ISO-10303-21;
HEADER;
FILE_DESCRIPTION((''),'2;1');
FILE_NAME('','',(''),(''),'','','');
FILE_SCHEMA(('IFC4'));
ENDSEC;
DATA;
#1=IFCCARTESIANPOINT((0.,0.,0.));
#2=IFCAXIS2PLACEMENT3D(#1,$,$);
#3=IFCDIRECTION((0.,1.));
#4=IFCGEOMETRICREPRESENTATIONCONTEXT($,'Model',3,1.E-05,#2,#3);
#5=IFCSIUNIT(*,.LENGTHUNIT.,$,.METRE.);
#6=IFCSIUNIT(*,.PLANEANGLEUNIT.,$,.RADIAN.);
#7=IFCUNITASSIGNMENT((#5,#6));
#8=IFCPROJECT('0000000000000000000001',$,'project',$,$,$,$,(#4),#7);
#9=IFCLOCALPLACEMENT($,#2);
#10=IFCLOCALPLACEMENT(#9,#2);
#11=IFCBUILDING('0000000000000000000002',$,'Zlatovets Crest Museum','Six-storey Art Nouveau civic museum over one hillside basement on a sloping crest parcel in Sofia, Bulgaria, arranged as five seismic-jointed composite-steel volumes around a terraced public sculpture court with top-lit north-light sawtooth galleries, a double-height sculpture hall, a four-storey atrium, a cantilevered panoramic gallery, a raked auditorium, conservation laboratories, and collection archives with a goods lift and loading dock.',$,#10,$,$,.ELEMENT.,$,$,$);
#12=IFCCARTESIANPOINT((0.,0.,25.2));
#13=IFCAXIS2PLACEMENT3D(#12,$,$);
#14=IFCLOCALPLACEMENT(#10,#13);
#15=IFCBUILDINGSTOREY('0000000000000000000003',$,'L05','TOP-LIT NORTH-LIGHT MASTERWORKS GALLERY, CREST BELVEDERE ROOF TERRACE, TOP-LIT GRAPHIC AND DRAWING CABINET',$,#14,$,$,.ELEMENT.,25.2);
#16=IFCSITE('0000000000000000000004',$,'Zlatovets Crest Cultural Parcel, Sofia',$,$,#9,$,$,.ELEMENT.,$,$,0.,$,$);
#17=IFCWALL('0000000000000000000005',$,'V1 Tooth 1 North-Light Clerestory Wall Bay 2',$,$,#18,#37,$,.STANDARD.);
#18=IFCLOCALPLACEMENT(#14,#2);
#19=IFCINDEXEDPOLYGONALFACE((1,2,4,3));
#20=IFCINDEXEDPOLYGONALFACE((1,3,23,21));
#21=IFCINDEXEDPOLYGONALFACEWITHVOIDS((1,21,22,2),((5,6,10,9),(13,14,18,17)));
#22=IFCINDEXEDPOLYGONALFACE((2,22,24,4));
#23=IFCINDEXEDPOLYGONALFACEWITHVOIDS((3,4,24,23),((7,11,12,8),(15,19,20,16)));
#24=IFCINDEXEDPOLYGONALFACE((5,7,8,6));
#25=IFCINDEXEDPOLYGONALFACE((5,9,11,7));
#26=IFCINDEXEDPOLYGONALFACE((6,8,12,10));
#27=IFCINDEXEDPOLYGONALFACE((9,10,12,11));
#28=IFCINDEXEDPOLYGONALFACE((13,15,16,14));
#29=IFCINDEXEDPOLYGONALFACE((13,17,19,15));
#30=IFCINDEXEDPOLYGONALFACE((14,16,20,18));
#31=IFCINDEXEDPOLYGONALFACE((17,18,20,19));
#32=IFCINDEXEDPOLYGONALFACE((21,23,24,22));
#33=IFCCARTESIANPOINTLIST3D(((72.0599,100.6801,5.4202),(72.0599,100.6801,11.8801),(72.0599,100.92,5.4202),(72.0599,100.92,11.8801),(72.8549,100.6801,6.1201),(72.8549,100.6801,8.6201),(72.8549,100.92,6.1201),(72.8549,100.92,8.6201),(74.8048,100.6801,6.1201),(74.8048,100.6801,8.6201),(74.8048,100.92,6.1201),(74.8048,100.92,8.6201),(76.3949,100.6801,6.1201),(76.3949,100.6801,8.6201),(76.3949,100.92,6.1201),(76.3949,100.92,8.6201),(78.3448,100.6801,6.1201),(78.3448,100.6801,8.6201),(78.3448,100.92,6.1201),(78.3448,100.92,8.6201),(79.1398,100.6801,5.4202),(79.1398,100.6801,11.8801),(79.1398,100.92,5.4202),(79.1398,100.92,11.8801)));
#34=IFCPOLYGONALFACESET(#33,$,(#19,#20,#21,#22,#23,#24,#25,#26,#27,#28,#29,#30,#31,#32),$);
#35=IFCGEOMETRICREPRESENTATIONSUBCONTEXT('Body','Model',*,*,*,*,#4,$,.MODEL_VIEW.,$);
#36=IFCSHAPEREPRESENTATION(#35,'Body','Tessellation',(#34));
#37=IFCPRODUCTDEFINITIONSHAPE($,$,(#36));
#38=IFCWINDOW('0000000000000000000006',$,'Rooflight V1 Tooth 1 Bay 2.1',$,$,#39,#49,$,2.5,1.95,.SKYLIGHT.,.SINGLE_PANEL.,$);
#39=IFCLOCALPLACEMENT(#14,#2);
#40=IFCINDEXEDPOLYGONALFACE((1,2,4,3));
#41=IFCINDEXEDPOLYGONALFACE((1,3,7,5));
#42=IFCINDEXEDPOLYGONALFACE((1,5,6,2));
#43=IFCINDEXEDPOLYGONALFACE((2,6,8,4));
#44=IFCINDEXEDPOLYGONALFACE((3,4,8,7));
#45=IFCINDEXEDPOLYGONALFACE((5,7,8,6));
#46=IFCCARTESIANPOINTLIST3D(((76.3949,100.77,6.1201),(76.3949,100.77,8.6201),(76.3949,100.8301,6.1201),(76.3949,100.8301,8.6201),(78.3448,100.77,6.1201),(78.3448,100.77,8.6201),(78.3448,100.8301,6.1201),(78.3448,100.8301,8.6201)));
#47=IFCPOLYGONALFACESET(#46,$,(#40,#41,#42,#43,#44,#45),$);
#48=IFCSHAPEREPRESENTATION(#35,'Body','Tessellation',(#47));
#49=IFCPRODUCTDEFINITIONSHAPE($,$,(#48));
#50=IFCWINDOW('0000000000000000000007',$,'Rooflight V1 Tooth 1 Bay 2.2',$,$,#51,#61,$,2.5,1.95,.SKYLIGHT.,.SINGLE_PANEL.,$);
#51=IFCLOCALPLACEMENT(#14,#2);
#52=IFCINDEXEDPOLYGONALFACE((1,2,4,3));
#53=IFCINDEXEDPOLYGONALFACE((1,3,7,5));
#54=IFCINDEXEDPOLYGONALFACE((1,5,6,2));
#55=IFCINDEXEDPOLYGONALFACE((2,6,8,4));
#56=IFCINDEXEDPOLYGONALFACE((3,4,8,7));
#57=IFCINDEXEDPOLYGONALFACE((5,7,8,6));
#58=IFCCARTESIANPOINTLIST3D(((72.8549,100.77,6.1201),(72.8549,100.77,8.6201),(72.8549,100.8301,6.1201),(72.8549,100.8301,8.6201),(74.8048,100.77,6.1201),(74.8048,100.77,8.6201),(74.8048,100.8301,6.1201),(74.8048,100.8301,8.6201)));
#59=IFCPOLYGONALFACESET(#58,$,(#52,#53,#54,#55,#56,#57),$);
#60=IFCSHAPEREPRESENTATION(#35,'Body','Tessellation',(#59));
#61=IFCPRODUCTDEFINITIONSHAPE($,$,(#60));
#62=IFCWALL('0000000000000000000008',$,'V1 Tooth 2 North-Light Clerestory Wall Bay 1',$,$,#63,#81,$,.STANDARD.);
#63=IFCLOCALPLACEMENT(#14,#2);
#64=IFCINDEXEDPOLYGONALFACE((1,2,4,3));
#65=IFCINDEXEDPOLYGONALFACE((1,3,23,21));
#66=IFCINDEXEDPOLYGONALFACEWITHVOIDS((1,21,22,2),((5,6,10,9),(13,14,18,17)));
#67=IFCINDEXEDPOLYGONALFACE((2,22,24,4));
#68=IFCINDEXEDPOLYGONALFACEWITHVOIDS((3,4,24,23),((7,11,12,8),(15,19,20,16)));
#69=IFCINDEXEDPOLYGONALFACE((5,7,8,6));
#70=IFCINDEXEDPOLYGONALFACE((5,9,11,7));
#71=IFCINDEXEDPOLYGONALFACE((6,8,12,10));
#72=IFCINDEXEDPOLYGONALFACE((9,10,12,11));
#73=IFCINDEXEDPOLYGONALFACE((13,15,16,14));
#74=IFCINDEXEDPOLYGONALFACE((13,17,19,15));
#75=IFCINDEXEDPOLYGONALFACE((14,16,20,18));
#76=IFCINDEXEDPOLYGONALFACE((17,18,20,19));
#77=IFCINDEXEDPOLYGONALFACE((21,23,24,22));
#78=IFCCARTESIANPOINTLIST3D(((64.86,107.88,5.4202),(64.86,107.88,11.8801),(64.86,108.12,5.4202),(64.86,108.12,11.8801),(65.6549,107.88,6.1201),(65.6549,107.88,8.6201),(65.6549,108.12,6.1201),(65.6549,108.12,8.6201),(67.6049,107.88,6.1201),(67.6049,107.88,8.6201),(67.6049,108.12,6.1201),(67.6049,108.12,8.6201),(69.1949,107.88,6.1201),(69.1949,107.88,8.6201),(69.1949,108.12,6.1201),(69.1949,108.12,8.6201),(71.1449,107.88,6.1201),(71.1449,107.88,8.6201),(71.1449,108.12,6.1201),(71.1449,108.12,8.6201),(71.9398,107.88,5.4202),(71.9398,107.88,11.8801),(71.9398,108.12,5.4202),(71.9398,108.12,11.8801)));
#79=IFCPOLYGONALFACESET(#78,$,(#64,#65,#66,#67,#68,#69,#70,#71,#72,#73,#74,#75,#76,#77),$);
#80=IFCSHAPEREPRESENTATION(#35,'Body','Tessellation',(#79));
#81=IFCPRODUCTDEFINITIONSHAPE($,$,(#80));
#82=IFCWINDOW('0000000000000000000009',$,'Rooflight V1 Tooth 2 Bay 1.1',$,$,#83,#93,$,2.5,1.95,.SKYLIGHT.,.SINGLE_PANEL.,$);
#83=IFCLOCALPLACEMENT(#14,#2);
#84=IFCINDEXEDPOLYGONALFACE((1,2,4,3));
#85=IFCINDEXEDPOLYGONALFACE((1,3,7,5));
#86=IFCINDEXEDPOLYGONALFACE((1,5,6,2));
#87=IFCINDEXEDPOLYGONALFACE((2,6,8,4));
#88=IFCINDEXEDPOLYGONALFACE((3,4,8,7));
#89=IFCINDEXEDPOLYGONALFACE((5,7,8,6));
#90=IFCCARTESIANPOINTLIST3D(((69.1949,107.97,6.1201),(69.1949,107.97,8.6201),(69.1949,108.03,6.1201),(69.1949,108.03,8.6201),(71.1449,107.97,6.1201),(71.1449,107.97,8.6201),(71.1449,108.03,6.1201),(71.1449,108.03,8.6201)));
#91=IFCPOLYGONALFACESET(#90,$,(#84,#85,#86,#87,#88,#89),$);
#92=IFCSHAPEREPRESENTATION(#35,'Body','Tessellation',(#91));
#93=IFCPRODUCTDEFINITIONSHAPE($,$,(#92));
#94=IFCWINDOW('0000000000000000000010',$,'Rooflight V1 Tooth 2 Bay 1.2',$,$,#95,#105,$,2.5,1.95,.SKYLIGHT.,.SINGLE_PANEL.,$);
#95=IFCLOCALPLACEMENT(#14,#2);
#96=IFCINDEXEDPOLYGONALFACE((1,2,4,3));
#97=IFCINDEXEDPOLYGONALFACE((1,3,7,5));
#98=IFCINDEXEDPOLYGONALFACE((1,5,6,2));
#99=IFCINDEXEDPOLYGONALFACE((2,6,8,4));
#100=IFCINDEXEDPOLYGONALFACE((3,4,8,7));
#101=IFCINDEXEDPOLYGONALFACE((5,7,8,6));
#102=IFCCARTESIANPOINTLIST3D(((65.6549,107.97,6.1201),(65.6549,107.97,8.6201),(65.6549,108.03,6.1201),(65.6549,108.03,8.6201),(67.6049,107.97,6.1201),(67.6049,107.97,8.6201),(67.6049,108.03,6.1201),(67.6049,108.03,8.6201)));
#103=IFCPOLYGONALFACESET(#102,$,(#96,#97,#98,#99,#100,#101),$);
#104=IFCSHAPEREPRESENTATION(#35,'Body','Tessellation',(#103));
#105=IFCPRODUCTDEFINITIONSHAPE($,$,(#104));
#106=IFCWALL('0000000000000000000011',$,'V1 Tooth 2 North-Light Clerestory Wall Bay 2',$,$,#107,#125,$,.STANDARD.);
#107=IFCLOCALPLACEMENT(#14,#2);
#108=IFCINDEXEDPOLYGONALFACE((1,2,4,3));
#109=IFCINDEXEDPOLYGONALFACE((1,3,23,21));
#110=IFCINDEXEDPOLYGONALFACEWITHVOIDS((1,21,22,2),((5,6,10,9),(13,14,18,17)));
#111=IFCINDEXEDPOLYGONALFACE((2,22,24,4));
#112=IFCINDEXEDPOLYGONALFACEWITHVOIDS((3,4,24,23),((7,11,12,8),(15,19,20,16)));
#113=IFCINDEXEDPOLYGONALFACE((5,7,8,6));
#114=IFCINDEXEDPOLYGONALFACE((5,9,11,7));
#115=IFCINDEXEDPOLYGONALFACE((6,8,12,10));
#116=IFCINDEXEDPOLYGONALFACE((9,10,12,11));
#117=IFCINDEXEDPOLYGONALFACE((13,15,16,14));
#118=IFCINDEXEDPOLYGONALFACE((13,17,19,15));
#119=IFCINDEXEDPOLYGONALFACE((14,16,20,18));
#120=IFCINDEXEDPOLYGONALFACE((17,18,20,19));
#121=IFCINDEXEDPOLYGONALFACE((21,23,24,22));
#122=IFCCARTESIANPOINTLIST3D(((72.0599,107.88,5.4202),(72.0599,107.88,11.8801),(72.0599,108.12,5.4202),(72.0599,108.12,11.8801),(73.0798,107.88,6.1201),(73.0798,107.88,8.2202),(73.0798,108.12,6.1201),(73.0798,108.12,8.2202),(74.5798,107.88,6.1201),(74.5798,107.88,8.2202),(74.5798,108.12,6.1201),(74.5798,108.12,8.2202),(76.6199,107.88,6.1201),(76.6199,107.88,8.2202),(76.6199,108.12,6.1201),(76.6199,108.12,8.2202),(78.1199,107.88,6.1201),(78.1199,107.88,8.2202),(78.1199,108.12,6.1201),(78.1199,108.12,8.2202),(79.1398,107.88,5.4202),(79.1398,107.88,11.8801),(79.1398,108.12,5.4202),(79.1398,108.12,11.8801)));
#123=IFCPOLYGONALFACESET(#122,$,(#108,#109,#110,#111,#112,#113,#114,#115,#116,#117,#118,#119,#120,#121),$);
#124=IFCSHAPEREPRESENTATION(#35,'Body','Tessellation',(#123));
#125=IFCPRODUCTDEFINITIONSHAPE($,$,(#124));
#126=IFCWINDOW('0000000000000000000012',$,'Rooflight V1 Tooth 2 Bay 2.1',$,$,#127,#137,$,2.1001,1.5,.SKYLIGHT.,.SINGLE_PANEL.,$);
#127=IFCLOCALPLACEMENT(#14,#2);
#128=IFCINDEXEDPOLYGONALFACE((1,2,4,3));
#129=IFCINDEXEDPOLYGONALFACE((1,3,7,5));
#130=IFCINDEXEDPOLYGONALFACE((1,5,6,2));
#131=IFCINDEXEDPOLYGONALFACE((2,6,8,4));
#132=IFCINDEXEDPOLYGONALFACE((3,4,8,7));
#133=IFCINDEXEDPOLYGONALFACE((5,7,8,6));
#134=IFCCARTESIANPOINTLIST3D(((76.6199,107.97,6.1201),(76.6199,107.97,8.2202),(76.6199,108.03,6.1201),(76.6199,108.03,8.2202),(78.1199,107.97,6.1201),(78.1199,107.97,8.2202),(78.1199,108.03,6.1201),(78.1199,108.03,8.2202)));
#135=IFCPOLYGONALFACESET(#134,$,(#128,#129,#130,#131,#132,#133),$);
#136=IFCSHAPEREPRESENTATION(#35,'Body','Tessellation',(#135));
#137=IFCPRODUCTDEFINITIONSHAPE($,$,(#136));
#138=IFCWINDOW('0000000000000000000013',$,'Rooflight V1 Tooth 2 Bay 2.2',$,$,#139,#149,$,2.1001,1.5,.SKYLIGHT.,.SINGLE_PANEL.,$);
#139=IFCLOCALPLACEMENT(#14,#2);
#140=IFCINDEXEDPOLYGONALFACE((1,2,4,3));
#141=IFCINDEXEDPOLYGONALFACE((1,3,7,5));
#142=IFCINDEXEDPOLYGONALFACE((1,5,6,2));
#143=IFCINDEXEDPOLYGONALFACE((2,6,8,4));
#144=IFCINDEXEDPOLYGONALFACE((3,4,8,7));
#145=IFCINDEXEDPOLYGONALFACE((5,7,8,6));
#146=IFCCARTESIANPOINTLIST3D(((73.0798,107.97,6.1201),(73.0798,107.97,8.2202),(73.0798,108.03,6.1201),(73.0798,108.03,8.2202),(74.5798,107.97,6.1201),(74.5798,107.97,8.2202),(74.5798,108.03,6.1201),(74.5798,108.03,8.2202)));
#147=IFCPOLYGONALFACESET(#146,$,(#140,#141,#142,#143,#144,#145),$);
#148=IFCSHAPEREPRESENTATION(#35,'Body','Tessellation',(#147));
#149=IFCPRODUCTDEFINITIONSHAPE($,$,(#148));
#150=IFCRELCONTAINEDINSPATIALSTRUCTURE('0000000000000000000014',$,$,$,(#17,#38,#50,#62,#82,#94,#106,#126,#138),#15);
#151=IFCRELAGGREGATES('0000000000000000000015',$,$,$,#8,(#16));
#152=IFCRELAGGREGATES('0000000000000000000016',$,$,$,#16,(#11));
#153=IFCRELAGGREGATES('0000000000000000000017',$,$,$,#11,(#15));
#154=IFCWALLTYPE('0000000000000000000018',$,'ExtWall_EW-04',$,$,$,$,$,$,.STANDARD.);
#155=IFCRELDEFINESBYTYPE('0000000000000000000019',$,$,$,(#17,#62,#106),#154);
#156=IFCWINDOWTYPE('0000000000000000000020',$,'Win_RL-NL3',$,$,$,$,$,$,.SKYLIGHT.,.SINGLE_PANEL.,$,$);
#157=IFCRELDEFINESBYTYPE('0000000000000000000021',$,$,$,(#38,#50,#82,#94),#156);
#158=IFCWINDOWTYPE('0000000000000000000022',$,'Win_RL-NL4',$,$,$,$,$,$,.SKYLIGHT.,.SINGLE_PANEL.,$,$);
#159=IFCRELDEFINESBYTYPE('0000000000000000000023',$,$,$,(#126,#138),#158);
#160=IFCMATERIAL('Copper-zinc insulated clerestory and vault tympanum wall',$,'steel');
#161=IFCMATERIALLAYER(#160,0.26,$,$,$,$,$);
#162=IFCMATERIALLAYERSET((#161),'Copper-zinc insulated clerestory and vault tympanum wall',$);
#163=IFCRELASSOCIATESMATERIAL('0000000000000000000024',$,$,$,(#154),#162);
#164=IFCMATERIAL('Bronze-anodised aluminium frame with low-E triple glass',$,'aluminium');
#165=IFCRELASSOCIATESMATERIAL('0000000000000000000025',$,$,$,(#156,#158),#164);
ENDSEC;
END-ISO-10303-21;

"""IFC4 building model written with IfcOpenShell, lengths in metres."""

from ifc_helpers import new_model, si_unit, direction, frame, frame_2d, origin, place, context, subcontext, project, spatial, rectangle, extrude, material, layer, layer_set, type_object, element, fill, save


model = new_model("IFC4")

# Units and contexts
model_context = context("Model", 3, precision=1e-05, world=origin(), true_north=direction((0.0, 1.0)))
body_context = subcontext(model_context, "Body", "Model", "MODEL_VIEW")
ifc_project = project(units=[si_unit("LENGTHUNIT", "METRE"), si_unit("PLANEANGLEUNIT", "RADIAN")], contexts=[model_context])

# Site, building, storey
site_placement = place(None, origin())
site = spatial("IfcSite", under=ifc_project, at=site_placement, Name="Zlatovets Crest Cultural Parcel, Sofia", CompositionType="ELEMENT", RefElevation=0.0)
building_placement = place(site_placement, origin())
building = spatial("IfcBuilding", under=site, at=building_placement, Name="Zlatovets Crest Museum", Description="Six-storey Art Nouveau civic museum over one hillside basement on a sloping crest parcel in Sofia, Bulgaria, arranged as five seismic-jointed composite-steel volumes around a terraced public sculpture court with top-lit north-light sawtooth galleries, a double-height sculpture hall, a four-storey atrium, a cantilevered panoramic gallery, a raked auditorium, conservation laboratories, and collection archives with a goods lift and loading dock.", CompositionType="ELEMENT")
storey_placement = place(building_placement, frame((0.0, 0.0, 25.2)))
storey = spatial("IfcBuildingStorey", under=building, at=storey_placement, Name="L05", Description="TOP-LIT NORTH-LIGHT MASTERWORKS GALLERY, CREST BELVEDERE ROOF TERRACE, TOP-LIT GRAPHIC AND DRAWING CABINET", CompositionType="ELEMENT", Elevation=25.2)

# Walls, openings, windows
ifc_material_1 = material(Name="Copper-zinc insulated clerestory and vault tympanum wall", Category="steel")
ifc_layer_1 = layer(ifc_material_1, 0.26)
ifc_layer_set_1 = layer_set([ifc_layer_1], Name="Copper-zinc insulated clerestory and vault tympanum wall")
wall_type_1 = type_object("IfcWallType", Name="ExtWall_EW-04", PredefinedType="STANDARD", material=ifc_layer_set_1)
ifc_material_2 = material(Name="Bronze-anodised aluminium frame with low-E triple glass", Category="aluminium")
wall_1_placement = place(storey_placement, frame((79.1399, 100.8, 5.4202), z_axis=(0.0, 0.0, 1.0), x_axis=(-1.0, 0.0, 0.0)))
wall_1 = element("IfcWall", 1, at=wall_1_placement, inside=storey, type_object=wall_type_1, Name="V1 Tooth 1 North-Light Clerestory Wall Bay 2", PredefinedType="STANDARD", context=body_context, shape_type="SweptSolid", body=[
    extrude(rectangle(XDim=7.0798, YDim=0.24, at=frame_2d((3.54, 0.0))), origin(), (0.0, 0.0, 1.0), 6.46),
])
opening_1_placement = place(wall_1_placement, frame((0.7949, 0.0, 0.7)))
opening_1 = element("IfcOpeningElement", 2, at=opening_1_placement, cuts=wall_1, PredefinedType="OPENING", context=body_context, shape_type="SweptSolid", body=[
    extrude(rectangle(XDim=1.95, YDim=2.5, at=frame_2d((0.9751, 1.25))), frame((0.0, 0.1299, 0.0), z_axis=(0.0, -1.0, 0.0), x_axis=(1.0, 0.0, 0.0)), (0.0, 0.0, 1.0), 0.26),
])
opening_2_placement = place(wall_1_placement, frame((4.335, 0.0, 0.7)))
opening_2 = element("IfcOpeningElement", 3, at=opening_2_placement, cuts=wall_1, PredefinedType="OPENING", context=body_context, shape_type="SweptSolid", body=[
    extrude(rectangle(XDim=1.95, YDim=2.5, at=frame_2d((0.9751, 1.25))), frame((0.0, 0.1299, 0.0), z_axis=(0.0, -1.0, 0.0), x_axis=(1.0, 0.0, 0.0)), (0.0, 0.0, 1.0), 0.26),
])
window_type_1 = type_object("IfcWindowType", Name="Win_RL-NL3", PartitioningType="SINGLE_PANEL", PredefinedType="SKYLIGHT", material=ifc_material_2)
window_1_placement = place(opening_1_placement, origin())
window_1 = element("IfcWindow", 4, at=window_1_placement, inside=storey, type_object=window_type_1, Name="Rooflight V1 Tooth 1 Bay 2.1", OverallHeight=2.5, OverallWidth=1.95, PartitioningType="SINGLE_PANEL", PredefinedType="SKYLIGHT", context=body_context, shape_type="SweptSolid", body=[
    extrude(rectangle(XDim=1.95, YDim=2.5, at=frame_2d((0.9751, 1.25))), frame((0.0, 0.03, 0.0), z_axis=(0.0, -1.0, 0.0), x_axis=(1.0, 0.0, 0.0)), (0.0, 0.0, 1.0), 0.0601),
])
fill(opening_1, window_1)
window_2_placement = place(opening_2_placement, origin())
window_2 = element("IfcWindow", 5, at=window_2_placement, inside=storey, type_object=window_type_1, Name="Rooflight V1 Tooth 1 Bay 2.2", OverallHeight=2.5, OverallWidth=1.95, PartitioningType="SINGLE_PANEL", PredefinedType="SKYLIGHT", context=body_context, shape_type="SweptSolid", body=[
    extrude(rectangle(XDim=1.95, YDim=2.5, at=frame_2d((0.9751, 1.25))), frame((0.0, 0.03, 0.0), z_axis=(0.0, -1.0, 0.0), x_axis=(1.0, 0.0, 0.0)), (0.0, 0.0, 1.0), 0.0601),
])
fill(opening_2, window_2)
wall_2_placement = place(storey_placement, frame((71.9399, 108.0, 5.4202), z_axis=(0.0, 0.0, 1.0), x_axis=(-1.0, 0.0, 0.0)))
wall_2 = element("IfcWall", 6, at=wall_2_placement, inside=storey, type_object=wall_type_1, Name="V1 Tooth 2 North-Light Clerestory Wall Bay 1", PredefinedType="STANDARD", context=body_context, shape_type="SweptSolid", body=[
    extrude(rectangle(XDim=7.0798, YDim=0.24, at=frame_2d((3.54, 0.0))), origin(), (0.0, 0.0, 1.0), 6.46),
])
opening_3_placement = place(wall_2_placement, frame((0.7949, 0.0, 0.7)))
opening_3 = element("IfcOpeningElement", 7, at=opening_3_placement, cuts=wall_2, PredefinedType="OPENING", context=body_context, shape_type="SweptSolid", body=[
    extrude(rectangle(XDim=1.95, YDim=2.5, at=frame_2d((0.9751, 1.25))), frame((0.0, 0.1299, 0.0), z_axis=(0.0, -1.0, 0.0), x_axis=(1.0, 0.0, 0.0)), (0.0, 0.0, 1.0), 0.26),
])
opening_4_placement = place(wall_2_placement, frame((4.335, 0.0, 0.7)))
opening_4 = element("IfcOpeningElement", 8, at=opening_4_placement, cuts=wall_2, PredefinedType="OPENING", context=body_context, shape_type="SweptSolid", body=[
    extrude(rectangle(XDim=1.95, YDim=2.5, at=frame_2d((0.9751, 1.25))), frame((0.0, 0.1299, 0.0), z_axis=(0.0, -1.0, 0.0), x_axis=(1.0, 0.0, 0.0)), (0.0, 0.0, 1.0), 0.26),
])
window_3_placement = place(opening_3_placement, origin())
window_3 = element("IfcWindow", 9, at=window_3_placement, inside=storey, type_object=window_type_1, Name="Rooflight V1 Tooth 2 Bay 1.1", OverallHeight=2.5, OverallWidth=1.95, PartitioningType="SINGLE_PANEL", PredefinedType="SKYLIGHT", context=body_context, shape_type="SweptSolid", body=[
    extrude(rectangle(XDim=1.95, YDim=2.5, at=frame_2d((0.9751, 1.25))), frame((0.0, 0.03, 0.0), z_axis=(0.0, -1.0, 0.0), x_axis=(1.0, 0.0, 0.0)), (0.0, 0.0, 1.0), 0.0601),
])
fill(opening_3, window_3)
window_4_placement = place(opening_4_placement, origin())
window_4 = element("IfcWindow", 10, at=window_4_placement, inside=storey, type_object=window_type_1, Name="Rooflight V1 Tooth 2 Bay 1.2", OverallHeight=2.5, OverallWidth=1.95, PartitioningType="SINGLE_PANEL", PredefinedType="SKYLIGHT", context=body_context, shape_type="SweptSolid", body=[
    extrude(rectangle(XDim=1.95, YDim=2.5, at=frame_2d((0.9751, 1.25))), frame((0.0, 0.03, 0.0), z_axis=(0.0, -1.0, 0.0), x_axis=(1.0, 0.0, 0.0)), (0.0, 0.0, 1.0), 0.0601),
])
fill(opening_4, window_4)
wall_3_placement = place(storey_placement, frame((79.1399, 108.0, 5.4202), z_axis=(0.0, 0.0, 1.0), x_axis=(-1.0, 0.0, 0.0)))
wall_3 = element("IfcWall", 11, at=wall_3_placement, inside=storey, type_object=wall_type_1, Name="V1 Tooth 2 North-Light Clerestory Wall Bay 2", PredefinedType="STANDARD", context=body_context, shape_type="SweptSolid", body=[
    extrude(rectangle(XDim=7.0798, YDim=0.24, at=frame_2d((3.54, 0.0))), origin(), (0.0, 0.0, 1.0), 6.46),
])
opening_5_placement = place(wall_3_placement, frame((1.02, 0.0, 0.7)))
opening_5 = element("IfcOpeningElement", 12, at=opening_5_placement, cuts=wall_3, PredefinedType="OPENING", context=body_context, shape_type="SweptSolid", body=[
    extrude(rectangle(XDim=1.5, YDim=2.1001, at=frame_2d((0.75, 1.05))), frame((0.0, 0.1299, 0.0), z_axis=(0.0, -1.0, 0.0), x_axis=(1.0, 0.0, 0.0)), (0.0, 0.0, 1.0), 0.26),
])
opening_6_placement = place(wall_3_placement, frame((4.5601, 0.0, 0.7)))
opening_6 = element("IfcOpeningElement", 13, at=opening_6_placement, cuts=wall_3, PredefinedType="OPENING", context=body_context, shape_type="SweptSolid", body=[
    extrude(rectangle(XDim=1.5, YDim=2.1001, at=frame_2d((0.75, 1.05))), frame((0.0, 0.1299, 0.0), z_axis=(0.0, -1.0, 0.0), x_axis=(1.0, 0.0, 0.0)), (0.0, 0.0, 1.0), 0.26),
])
window_type_2 = type_object("IfcWindowType", Name="Win_RL-NL4", PartitioningType="SINGLE_PANEL", PredefinedType="SKYLIGHT", material=ifc_material_2)
window_5_placement = place(opening_5_placement, origin())
window_5 = element("IfcWindow", 14, at=window_5_placement, inside=storey, type_object=window_type_2, Name="Rooflight V1 Tooth 2 Bay 2.1", OverallHeight=2.1001, OverallWidth=1.5, PartitioningType="SINGLE_PANEL", PredefinedType="SKYLIGHT", context=body_context, shape_type="SweptSolid", body=[
    extrude(rectangle(XDim=1.5, YDim=2.1001, at=frame_2d((0.75, 1.05))), frame((0.0, 0.03, 0.0), z_axis=(0.0, -1.0, 0.0), x_axis=(1.0, 0.0, 0.0)), (0.0, 0.0, 1.0), 0.0601),
])
fill(opening_5, window_5)
window_6_placement = place(opening_6_placement, origin())
window_6 = element("IfcWindow", 15, at=window_6_placement, inside=storey, type_object=window_type_2, Name="Rooflight V1 Tooth 2 Bay 2.2", OverallHeight=2.1001, OverallWidth=1.5, PartitioningType="SINGLE_PANEL", PredefinedType="SKYLIGHT", context=body_context, shape_type="SweptSolid", body=[
    extrude(rectangle(XDim=1.5, YDim=2.1001, at=frame_2d((0.75, 1.05))), frame((0.0, 0.03, 0.0), z_axis=(0.0, -1.0, 0.0), x_axis=(1.0, 0.0, 0.0)), (0.0, 0.0, 1.0), 0.0601),
])
fill(opening_6, window_6)

save(model, "model.ifc")
